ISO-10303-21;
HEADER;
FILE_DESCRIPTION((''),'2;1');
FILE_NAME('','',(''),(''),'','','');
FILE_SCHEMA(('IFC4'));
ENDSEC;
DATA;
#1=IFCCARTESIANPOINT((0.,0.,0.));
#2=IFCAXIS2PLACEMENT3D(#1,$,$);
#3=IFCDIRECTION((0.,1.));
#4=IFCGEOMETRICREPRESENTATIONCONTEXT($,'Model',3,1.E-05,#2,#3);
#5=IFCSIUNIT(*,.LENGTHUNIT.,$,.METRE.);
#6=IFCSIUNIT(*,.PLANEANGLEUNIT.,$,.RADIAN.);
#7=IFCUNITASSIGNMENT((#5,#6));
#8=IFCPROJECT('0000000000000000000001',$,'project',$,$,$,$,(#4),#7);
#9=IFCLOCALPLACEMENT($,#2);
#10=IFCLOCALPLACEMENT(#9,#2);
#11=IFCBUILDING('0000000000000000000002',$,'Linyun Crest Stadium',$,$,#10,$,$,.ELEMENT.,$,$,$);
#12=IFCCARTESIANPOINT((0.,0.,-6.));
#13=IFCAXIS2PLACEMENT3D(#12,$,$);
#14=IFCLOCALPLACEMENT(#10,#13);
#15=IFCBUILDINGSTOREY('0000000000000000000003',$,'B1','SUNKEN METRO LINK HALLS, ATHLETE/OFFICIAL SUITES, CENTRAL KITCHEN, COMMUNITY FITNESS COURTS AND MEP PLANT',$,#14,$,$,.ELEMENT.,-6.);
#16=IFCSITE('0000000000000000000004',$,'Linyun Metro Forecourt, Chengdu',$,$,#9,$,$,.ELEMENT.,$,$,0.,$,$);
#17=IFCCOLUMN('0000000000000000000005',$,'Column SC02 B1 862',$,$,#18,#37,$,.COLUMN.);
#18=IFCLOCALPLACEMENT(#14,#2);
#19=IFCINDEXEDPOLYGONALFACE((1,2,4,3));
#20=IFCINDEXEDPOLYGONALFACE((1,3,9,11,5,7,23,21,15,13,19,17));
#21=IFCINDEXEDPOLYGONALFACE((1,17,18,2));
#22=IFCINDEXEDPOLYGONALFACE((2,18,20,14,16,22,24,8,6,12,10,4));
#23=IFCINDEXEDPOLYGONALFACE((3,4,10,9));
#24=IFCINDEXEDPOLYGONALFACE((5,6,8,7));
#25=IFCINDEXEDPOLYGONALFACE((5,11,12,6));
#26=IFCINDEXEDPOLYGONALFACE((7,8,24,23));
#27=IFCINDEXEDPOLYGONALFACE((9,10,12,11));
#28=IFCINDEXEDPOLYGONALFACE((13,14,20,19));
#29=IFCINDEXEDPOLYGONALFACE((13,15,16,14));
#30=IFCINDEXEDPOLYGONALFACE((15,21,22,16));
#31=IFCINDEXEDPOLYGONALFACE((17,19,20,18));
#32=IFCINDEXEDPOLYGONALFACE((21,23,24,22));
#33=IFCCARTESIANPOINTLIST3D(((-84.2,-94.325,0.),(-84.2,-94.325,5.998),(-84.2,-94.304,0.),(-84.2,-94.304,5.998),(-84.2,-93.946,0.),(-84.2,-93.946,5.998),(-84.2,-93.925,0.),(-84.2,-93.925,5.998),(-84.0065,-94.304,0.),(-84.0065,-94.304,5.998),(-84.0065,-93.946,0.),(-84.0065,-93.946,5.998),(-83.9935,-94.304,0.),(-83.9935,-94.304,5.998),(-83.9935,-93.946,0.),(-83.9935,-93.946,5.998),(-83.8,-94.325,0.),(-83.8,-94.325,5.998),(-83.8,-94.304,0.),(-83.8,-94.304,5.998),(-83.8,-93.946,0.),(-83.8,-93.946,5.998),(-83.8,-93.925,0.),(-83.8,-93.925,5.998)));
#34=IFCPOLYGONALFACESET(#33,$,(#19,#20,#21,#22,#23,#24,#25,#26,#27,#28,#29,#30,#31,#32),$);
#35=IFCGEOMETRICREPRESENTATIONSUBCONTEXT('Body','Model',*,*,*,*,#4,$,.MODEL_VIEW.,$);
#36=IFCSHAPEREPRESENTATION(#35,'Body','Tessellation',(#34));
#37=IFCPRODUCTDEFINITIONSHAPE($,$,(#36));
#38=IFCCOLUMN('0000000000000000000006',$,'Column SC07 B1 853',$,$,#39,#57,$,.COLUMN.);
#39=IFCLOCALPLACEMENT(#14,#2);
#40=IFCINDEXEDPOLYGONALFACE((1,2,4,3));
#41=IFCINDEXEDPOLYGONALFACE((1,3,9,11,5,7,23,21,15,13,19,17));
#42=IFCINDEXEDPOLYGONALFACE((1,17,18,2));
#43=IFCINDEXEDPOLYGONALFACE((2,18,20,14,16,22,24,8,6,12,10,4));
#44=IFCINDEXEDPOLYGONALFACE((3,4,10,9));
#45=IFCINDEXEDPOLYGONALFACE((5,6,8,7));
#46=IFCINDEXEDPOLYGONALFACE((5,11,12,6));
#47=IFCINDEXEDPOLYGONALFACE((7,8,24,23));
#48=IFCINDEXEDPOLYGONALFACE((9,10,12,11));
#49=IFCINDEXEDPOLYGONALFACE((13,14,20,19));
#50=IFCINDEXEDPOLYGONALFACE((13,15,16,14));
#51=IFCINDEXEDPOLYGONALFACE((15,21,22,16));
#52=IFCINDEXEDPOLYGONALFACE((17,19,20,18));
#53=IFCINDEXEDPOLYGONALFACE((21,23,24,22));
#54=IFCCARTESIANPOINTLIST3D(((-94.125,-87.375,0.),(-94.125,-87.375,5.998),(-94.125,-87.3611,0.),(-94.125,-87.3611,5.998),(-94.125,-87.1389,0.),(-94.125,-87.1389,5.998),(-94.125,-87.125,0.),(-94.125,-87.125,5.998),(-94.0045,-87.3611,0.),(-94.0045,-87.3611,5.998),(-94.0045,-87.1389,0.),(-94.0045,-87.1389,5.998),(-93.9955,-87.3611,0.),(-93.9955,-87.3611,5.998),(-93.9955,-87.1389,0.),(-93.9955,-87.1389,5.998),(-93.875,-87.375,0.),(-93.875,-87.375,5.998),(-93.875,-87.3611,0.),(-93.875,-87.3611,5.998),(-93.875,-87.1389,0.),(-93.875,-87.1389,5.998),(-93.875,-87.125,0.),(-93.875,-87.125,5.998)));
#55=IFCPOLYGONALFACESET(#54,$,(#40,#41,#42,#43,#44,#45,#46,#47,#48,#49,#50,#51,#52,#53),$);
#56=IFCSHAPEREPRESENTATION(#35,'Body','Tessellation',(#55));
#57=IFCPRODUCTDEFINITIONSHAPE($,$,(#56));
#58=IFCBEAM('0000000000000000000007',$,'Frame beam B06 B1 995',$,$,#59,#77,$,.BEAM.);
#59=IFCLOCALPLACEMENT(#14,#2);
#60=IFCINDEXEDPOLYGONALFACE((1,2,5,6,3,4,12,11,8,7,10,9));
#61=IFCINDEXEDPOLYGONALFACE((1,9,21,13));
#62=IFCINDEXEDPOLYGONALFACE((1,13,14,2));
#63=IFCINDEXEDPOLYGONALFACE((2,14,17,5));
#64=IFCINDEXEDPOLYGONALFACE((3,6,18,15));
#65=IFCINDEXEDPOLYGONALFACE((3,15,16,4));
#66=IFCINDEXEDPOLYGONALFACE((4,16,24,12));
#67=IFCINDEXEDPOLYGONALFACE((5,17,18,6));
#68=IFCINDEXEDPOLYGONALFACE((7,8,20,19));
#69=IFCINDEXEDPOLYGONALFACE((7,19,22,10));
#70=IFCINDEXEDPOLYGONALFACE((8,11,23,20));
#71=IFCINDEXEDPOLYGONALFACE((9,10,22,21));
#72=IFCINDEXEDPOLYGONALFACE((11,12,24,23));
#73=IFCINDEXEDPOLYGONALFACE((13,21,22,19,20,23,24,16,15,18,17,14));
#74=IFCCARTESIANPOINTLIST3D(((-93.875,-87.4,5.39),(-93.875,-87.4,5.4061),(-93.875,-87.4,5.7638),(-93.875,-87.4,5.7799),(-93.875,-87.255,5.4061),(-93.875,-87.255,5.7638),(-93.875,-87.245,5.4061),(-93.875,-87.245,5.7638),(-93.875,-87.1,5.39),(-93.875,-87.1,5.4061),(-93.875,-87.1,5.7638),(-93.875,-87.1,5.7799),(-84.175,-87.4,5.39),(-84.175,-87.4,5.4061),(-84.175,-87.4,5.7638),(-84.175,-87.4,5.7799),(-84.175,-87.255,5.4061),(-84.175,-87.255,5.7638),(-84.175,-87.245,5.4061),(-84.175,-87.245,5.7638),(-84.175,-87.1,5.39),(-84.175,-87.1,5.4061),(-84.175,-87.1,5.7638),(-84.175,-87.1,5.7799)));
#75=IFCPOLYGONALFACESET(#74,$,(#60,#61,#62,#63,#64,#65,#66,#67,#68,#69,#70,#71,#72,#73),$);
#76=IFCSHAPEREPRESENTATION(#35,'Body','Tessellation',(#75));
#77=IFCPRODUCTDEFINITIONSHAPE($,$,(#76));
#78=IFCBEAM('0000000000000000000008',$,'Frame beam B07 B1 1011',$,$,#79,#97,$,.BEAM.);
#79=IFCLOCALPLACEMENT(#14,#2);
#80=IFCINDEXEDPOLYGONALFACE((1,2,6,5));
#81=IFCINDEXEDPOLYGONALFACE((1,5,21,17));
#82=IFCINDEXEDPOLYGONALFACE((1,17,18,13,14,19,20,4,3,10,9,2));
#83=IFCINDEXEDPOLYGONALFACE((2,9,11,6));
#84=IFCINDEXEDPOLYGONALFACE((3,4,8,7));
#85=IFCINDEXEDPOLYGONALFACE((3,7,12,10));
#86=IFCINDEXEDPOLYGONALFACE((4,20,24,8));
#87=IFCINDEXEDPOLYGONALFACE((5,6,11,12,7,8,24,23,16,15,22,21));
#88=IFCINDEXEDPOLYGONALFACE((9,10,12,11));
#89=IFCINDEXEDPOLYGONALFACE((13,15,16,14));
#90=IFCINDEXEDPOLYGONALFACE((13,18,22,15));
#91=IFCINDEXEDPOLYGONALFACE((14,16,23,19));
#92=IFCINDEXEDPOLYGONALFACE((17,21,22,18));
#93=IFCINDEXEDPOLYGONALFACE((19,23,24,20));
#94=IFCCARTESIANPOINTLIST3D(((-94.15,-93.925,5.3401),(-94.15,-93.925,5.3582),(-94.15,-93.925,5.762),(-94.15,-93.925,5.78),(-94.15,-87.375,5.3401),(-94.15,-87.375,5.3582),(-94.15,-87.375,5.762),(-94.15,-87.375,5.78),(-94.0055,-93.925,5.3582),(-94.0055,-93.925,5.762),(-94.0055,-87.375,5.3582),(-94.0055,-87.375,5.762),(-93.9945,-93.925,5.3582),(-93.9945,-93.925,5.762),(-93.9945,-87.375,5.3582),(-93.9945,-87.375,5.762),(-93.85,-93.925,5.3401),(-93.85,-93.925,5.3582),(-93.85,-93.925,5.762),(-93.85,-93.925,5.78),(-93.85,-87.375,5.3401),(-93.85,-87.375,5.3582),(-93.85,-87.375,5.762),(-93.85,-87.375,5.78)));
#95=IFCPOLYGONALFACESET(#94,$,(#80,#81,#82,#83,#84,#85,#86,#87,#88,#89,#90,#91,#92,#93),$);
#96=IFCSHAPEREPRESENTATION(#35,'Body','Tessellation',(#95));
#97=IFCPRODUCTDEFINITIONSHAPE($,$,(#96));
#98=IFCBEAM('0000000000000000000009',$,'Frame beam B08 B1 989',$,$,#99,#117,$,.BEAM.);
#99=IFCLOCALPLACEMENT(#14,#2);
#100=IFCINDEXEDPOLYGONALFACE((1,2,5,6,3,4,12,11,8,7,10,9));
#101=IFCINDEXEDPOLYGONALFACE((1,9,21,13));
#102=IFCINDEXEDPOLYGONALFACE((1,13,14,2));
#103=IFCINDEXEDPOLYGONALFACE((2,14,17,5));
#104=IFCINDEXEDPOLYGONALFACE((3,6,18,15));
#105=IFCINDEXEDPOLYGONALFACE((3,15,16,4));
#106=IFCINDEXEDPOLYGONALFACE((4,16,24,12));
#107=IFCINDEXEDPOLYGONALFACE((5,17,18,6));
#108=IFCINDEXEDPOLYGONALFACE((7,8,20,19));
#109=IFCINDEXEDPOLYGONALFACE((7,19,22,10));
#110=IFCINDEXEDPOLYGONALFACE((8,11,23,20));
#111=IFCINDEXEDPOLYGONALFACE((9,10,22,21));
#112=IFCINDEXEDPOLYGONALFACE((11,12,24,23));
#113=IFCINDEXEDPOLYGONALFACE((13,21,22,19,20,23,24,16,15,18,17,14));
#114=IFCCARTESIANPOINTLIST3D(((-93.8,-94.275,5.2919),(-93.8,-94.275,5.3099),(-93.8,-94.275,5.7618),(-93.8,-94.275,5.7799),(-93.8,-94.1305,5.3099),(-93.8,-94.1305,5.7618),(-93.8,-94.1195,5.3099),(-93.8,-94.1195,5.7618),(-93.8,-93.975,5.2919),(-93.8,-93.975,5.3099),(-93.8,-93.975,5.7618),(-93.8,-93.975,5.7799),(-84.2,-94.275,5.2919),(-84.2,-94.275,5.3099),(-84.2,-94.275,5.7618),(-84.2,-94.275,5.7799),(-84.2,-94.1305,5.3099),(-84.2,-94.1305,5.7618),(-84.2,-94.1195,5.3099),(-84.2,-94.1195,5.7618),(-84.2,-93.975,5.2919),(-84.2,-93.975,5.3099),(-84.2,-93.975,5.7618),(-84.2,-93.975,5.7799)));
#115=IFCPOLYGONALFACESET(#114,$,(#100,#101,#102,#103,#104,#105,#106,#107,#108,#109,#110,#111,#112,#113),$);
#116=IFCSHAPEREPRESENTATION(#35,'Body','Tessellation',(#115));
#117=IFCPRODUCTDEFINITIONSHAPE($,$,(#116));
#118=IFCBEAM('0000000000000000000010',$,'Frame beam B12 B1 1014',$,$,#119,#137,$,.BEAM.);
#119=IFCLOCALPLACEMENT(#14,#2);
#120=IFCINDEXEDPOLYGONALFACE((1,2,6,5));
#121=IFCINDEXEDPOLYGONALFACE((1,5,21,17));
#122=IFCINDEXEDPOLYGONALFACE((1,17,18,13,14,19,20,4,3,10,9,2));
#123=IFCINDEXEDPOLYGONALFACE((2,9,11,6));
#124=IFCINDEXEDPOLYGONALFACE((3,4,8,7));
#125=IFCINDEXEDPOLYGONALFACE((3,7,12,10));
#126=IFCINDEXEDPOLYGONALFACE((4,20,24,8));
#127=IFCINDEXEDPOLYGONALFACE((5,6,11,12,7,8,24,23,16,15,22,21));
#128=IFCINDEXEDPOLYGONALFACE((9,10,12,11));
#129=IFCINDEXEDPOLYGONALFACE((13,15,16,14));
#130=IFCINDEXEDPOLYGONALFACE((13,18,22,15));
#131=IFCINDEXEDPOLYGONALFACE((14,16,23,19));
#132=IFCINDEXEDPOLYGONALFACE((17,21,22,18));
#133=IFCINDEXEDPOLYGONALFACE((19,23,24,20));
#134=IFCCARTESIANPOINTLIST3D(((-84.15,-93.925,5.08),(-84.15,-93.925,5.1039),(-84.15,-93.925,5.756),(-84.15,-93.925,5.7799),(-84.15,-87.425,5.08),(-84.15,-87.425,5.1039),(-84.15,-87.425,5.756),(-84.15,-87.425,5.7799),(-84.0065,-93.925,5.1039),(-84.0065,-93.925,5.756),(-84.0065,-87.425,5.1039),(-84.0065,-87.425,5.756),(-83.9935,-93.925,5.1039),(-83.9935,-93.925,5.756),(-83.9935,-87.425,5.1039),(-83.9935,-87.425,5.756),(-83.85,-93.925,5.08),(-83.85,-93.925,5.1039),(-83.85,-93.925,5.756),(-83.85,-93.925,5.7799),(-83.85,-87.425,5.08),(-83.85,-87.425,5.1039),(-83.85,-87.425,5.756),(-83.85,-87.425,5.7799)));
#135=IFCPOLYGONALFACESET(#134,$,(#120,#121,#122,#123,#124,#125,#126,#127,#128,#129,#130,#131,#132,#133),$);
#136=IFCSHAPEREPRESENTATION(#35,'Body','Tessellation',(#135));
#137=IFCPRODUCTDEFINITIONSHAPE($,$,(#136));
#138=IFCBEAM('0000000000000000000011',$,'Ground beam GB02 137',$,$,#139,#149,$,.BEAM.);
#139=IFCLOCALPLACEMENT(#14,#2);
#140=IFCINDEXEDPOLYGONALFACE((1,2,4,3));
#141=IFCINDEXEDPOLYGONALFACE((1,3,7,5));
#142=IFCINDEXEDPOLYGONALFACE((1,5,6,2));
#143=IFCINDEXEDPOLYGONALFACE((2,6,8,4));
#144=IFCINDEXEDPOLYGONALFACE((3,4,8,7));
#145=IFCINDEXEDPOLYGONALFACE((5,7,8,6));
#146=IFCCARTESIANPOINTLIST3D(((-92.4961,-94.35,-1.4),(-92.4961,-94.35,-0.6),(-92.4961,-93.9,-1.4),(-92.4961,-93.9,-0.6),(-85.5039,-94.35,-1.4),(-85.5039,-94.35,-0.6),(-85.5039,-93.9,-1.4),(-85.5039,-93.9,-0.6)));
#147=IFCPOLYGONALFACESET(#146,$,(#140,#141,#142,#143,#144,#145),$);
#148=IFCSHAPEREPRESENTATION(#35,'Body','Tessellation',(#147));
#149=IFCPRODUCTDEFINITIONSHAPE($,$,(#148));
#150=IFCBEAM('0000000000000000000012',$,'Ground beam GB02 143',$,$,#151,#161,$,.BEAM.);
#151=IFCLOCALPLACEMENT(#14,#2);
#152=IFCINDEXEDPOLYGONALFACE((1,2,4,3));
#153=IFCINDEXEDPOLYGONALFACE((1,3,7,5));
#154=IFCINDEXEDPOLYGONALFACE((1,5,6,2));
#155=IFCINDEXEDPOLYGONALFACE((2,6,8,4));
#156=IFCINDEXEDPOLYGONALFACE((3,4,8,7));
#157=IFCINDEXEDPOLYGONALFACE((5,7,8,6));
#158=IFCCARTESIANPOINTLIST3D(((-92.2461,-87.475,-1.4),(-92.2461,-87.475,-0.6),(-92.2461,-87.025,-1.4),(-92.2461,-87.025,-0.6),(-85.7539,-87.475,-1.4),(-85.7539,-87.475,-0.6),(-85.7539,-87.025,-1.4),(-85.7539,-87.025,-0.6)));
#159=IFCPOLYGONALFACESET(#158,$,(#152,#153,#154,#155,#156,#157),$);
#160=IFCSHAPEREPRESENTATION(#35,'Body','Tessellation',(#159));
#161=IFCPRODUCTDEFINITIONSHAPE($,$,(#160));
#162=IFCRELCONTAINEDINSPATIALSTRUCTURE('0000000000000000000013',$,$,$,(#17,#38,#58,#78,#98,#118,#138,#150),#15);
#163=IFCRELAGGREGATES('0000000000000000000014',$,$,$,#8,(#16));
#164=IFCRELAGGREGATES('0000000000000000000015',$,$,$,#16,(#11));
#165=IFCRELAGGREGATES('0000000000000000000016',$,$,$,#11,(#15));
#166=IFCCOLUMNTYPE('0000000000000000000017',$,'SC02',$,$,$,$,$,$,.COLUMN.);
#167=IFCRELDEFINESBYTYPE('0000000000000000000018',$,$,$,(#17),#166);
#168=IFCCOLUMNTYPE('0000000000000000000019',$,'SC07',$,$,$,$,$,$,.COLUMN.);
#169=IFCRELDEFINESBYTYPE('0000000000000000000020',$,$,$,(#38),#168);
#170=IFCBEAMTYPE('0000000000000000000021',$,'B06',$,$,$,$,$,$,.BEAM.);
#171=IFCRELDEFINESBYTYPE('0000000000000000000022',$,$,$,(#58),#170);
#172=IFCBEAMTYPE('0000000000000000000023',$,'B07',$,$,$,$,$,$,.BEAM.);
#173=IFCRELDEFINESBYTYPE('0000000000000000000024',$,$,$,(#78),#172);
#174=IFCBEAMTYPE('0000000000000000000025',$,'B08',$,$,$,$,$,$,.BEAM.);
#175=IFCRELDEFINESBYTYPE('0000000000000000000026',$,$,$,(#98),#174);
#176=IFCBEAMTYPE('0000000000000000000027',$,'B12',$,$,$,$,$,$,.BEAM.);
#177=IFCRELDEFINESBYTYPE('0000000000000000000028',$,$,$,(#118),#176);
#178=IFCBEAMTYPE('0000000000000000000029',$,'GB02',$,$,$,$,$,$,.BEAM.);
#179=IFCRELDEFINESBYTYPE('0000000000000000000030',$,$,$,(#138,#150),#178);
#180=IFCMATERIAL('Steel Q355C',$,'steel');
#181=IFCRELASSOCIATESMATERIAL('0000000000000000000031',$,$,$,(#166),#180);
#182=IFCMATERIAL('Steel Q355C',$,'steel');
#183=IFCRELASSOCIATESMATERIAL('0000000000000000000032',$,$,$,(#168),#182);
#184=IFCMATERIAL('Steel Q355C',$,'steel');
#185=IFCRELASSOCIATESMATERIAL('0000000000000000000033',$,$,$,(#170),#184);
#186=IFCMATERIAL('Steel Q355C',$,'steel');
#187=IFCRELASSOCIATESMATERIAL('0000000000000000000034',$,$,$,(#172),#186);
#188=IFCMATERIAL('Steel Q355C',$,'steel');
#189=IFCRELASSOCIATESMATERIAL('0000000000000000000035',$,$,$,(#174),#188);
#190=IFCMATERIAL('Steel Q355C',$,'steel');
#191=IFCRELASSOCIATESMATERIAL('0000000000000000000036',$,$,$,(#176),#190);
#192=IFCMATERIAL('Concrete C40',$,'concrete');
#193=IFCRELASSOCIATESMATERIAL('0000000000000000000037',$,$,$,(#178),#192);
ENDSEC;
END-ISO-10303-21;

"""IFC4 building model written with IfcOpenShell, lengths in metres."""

from ifc_helpers import new_model, si_unit, direction, frame, origin, origin_2d, place, context, subcontext, project, spatial, rectangle, i_section, extrude, material, material_profile, profile_set, type_object, element, save


model = new_model("IFC4")

# Units and contexts
model_context = context("Model", 3, precision=1e-05, world=origin(), true_north=direction((0.0, 1.0)))
body_context = subcontext(model_context, "Body", "Model", "MODEL_VIEW")
ifc_project = project(units=[si_unit("LENGTHUNIT", "METRE"), si_unit("PLANEANGLEUNIT", "RADIAN")], contexts=[model_context])

# Site, building, storey
site_placement = place(None, origin())
site = spatial("IfcSite", under=ifc_project, at=site_placement, Name="Linyun Metro Forecourt, Chengdu", CompositionType="ELEMENT", RefElevation=0.0)
building_placement = place(site_placement, origin())
building = spatial("IfcBuilding", under=site, at=building_placement, Name="Linyun Crest Stadium", CompositionType="ELEMENT")
storey_placement = place(building_placement, frame((0.0, 0.0, -6.0)))
storey = spatial("IfcBuildingStorey", under=building, at=storey_placement, Name="B1", Description="SUNKEN METRO LINK HALLS, ATHLETE/OFFICIAL SUITES, CENTRAL KITCHEN, COMMUNITY FITNESS COURTS AND MEP PLANT", CompositionType="ELEMENT", Elevation=-6.0)

# Columns
ifc_material_1 = material(Name="Steel Q355C", Category="steel")
ifc_material_profile_1 = material_profile(ifc_material_1, i_section(OverallWidth=0.3999, OverallDepth=0.3999, WebThickness=0.0129, FlangeThickness=0.021, at=origin_2d()), Name="HW 400x400")
ifc_profile_set_1 = profile_set([ifc_material_profile_1], Name="Steel Q355C")
column_type_1 = type_object("IfcColumnType", Name="SC02", PredefinedType="COLUMN", material=ifc_profile_set_1)
for number, where, z_axis, x_axis, name in (
    (1, (-84.0, -94.125, 0.0), (0.0, 0.0, 1.0), (1.0, 0.0, 0.0), "Column SC02 B1 862"),
):
    element("IfcColumn", number, at=place(storey_placement, frame(where, z_axis=z_axis, x_axis=x_axis)), inside=storey, type_object=column_type_1, Name=name, PredefinedType="COLUMN", context=body_context, shape_type="SweptSolid", body=[
        extrude(i_section(OverallWidth=0.3999, OverallDepth=0.3999, WebThickness=0.0129, FlangeThickness=0.021, at=origin_2d()), origin(), (0.0, 0.0, 1.0), 5.998),
    ])
ifc_material_2 = material(Name="Steel Q355C", Category="steel")
ifc_material_profile_2 = material_profile(ifc_material_2, i_section(OverallWidth=0.25, OverallDepth=0.25, WebThickness=0.009, FlangeThickness=0.0139, at=origin_2d()), Name="HW 250x250")
ifc_profile_set_2 = profile_set([ifc_material_profile_2], Name="Steel Q355C")
column_type_2 = type_object("IfcColumnType", Name="SC07", PredefinedType="COLUMN", material=ifc_profile_set_2)
column_placement = place(storey_placement, frame((-94.0, -87.25, 0.0), z_axis=(0.0, 0.0, 1.0), x_axis=(1.0, 0.0, 0.0)))
element("IfcColumn", 2, at=column_placement, inside=storey, type_object=column_type_2, Name="Column SC07 B1 853", PredefinedType="COLUMN", context=body_context, shape_type="SweptSolid", body=[
    extrude(i_section(OverallWidth=0.25, OverallDepth=0.25, WebThickness=0.009, FlangeThickness=0.0139, at=origin_2d()), origin(), (0.0, 0.0, 1.0), 5.998),
])

# Beams
ifc_material_3 = material(Name="Steel Q355C", Category="steel")
ifc_material_profile_3 = material_profile(ifc_material_3, i_section(OverallWidth=0.3, OverallDepth=0.3899, WebThickness=0.01, FlangeThickness=0.0161, at=origin_2d()), Name="HM 390x300")
ifc_profile_set_3 = profile_set([ifc_material_profile_3], Name="Steel Q355C")
beam_type_1 = type_object("IfcBeamType", Name="B06", PredefinedType="BEAM", material=ifc_profile_set_3)
beam_1_placement = place(storey_placement, frame((-93.875, -87.25, 5.585), z_axis=(1.0, 0.0, 0.0), x_axis=(0.0, 1.0, 0.0)))
element("IfcBeam", 3, at=beam_1_placement, inside=storey, type_object=beam_type_1, Name="Frame beam B06 B1 995", PredefinedType="BEAM", context=body_context, shape_type="SweptSolid", body=[
    extrude(i_section(OverallWidth=0.3, OverallDepth=0.3899, WebThickness=0.01, FlangeThickness=0.0161, at=origin_2d()), origin(), (0.0, 0.0, 1.0), 9.7),
])
ifc_material_4 = material(Name="Steel Q355C", Category="steel")
ifc_material_profile_4 = material_profile(ifc_material_4, i_section(OverallWidth=0.3, OverallDepth=0.4399, WebThickness=0.011, FlangeThickness=0.0181, at=origin_2d()), Name="HM 440x300")
ifc_profile_set_4 = profile_set([ifc_material_profile_4], Name="Steel Q355C")
beam_type_2 = type_object("IfcBeamType", Name="B07", PredefinedType="BEAM", material=ifc_profile_set_4)
beam_2_placement = place(storey_placement, frame((-94.0, -93.925, 5.5601), z_axis=(0.0, 1.0, 0.0), x_axis=(-1.0, 0.0, 0.0)))
element("IfcBeam", 4, at=beam_2_placement, inside=storey, type_object=beam_type_2, Name="Frame beam B07 B1 1011", PredefinedType="BEAM", context=body_context, shape_type="SweptSolid", body=[
    extrude(i_section(OverallWidth=0.3, OverallDepth=0.4399, WebThickness=0.011, FlangeThickness=0.0181, at=origin_2d()), origin(), (0.0, 0.0, 1.0), 6.55),
])
ifc_material_5 = material(Name="Steel Q355C", Category="steel")
ifc_material_profile_5 = material_profile(ifc_material_5, i_section(OverallWidth=0.3, OverallDepth=0.488, WebThickness=0.011, FlangeThickness=0.0181, at=origin_2d()), Name="HM 488x300")
ifc_profile_set_5 = profile_set([ifc_material_profile_5], Name="Steel Q355C")
beam_type_3 = type_object("IfcBeamType", Name="B08", PredefinedType="BEAM", material=ifc_profile_set_5)
beam_3_placement = place(storey_placement, frame((-93.8, -94.125, 5.5359), z_axis=(1.0, 0.0, 0.0), x_axis=(0.0, 1.0, 0.0)))
element("IfcBeam", 5, at=beam_3_placement, inside=storey, type_object=beam_type_3, Name="Frame beam B08 B1 989", PredefinedType="BEAM", context=body_context, shape_type="SweptSolid", body=[
    extrude(i_section(OverallWidth=0.3, OverallDepth=0.488, WebThickness=0.011, FlangeThickness=0.0181, at=origin_2d()), origin(), (0.0, 0.0, 1.0), 9.6001),
])
ifc_material_6 = material(Name="Steel Q355C", Category="steel")
ifc_material_profile_6 = material_profile(ifc_material_6, i_section(OverallWidth=0.3, OverallDepth=0.7, WebThickness=0.0129, FlangeThickness=0.0239, at=origin_2d()), Name="HN 700x300")
ifc_profile_set_6 = profile_set([ifc_material_profile_6], Name="Steel Q355C")
beam_type_4 = type_object("IfcBeamType", Name="B12", PredefinedType="BEAM", material=ifc_profile_set_6)
beam_4_placement = place(storey_placement, frame((-84.0, -93.925, 5.4299), z_axis=(0.0, 1.0, 0.0), x_axis=(-1.0, 0.0, 0.0)))
element("IfcBeam", 6, at=beam_4_placement, inside=storey, type_object=beam_type_4, Name="Frame beam B12 B1 1014", PredefinedType="BEAM", context=body_context, shape_type="SweptSolid", body=[
    extrude(i_section(OverallWidth=0.3, OverallDepth=0.7, WebThickness=0.0129, FlangeThickness=0.0239, at=origin_2d()), origin(), (0.0, 0.0, 1.0), 6.5),
])
ifc_material_7 = material(Name="Concrete C40", Category="concrete")
ifc_material_profile_7 = material_profile(ifc_material_7, rectangle(XDim=0.45, YDim=0.8, at=origin_2d()), Name="RCB 800x450")
ifc_profile_set_7 = profile_set([ifc_material_profile_7], Name="Concrete C40")
beam_type_5 = type_object("IfcBeamType", Name="GB02", PredefinedType="BEAM", material=ifc_profile_set_7)
beam_5_placement = place(storey_placement, frame((-92.4961, -94.125, -1.0), z_axis=(1.0, 0.0, 0.0), x_axis=(0.0, 1.0, 0.0)))
element("IfcBeam", 7, at=beam_5_placement, inside=storey, type_object=beam_type_5, Name="Ground beam GB02 137", PredefinedType="BEAM", context=body_context, shape_type="SweptSolid", body=[
    extrude(rectangle(XDim=0.45, YDim=0.8, at=origin_2d()), origin(), (0.0, 0.0, 1.0), 6.9922),
])
beam_6_placement = place(storey_placement, frame((-92.2461, -87.25, -1.0), z_axis=(1.0, 0.0, 0.0), x_axis=(0.0, 1.0, 0.0)))
element("IfcBeam", 8, at=beam_6_placement, inside=storey, type_object=beam_type_5, Name="Ground beam GB02 143", PredefinedType="BEAM", context=body_context, shape_type="SweptSolid", body=[
    extrude(rectangle(XDim=0.45, YDim=0.8, at=origin_2d()), origin(), (0.0, 0.0, 1.0), 6.4922),
])

save(model, "model.ifc")
